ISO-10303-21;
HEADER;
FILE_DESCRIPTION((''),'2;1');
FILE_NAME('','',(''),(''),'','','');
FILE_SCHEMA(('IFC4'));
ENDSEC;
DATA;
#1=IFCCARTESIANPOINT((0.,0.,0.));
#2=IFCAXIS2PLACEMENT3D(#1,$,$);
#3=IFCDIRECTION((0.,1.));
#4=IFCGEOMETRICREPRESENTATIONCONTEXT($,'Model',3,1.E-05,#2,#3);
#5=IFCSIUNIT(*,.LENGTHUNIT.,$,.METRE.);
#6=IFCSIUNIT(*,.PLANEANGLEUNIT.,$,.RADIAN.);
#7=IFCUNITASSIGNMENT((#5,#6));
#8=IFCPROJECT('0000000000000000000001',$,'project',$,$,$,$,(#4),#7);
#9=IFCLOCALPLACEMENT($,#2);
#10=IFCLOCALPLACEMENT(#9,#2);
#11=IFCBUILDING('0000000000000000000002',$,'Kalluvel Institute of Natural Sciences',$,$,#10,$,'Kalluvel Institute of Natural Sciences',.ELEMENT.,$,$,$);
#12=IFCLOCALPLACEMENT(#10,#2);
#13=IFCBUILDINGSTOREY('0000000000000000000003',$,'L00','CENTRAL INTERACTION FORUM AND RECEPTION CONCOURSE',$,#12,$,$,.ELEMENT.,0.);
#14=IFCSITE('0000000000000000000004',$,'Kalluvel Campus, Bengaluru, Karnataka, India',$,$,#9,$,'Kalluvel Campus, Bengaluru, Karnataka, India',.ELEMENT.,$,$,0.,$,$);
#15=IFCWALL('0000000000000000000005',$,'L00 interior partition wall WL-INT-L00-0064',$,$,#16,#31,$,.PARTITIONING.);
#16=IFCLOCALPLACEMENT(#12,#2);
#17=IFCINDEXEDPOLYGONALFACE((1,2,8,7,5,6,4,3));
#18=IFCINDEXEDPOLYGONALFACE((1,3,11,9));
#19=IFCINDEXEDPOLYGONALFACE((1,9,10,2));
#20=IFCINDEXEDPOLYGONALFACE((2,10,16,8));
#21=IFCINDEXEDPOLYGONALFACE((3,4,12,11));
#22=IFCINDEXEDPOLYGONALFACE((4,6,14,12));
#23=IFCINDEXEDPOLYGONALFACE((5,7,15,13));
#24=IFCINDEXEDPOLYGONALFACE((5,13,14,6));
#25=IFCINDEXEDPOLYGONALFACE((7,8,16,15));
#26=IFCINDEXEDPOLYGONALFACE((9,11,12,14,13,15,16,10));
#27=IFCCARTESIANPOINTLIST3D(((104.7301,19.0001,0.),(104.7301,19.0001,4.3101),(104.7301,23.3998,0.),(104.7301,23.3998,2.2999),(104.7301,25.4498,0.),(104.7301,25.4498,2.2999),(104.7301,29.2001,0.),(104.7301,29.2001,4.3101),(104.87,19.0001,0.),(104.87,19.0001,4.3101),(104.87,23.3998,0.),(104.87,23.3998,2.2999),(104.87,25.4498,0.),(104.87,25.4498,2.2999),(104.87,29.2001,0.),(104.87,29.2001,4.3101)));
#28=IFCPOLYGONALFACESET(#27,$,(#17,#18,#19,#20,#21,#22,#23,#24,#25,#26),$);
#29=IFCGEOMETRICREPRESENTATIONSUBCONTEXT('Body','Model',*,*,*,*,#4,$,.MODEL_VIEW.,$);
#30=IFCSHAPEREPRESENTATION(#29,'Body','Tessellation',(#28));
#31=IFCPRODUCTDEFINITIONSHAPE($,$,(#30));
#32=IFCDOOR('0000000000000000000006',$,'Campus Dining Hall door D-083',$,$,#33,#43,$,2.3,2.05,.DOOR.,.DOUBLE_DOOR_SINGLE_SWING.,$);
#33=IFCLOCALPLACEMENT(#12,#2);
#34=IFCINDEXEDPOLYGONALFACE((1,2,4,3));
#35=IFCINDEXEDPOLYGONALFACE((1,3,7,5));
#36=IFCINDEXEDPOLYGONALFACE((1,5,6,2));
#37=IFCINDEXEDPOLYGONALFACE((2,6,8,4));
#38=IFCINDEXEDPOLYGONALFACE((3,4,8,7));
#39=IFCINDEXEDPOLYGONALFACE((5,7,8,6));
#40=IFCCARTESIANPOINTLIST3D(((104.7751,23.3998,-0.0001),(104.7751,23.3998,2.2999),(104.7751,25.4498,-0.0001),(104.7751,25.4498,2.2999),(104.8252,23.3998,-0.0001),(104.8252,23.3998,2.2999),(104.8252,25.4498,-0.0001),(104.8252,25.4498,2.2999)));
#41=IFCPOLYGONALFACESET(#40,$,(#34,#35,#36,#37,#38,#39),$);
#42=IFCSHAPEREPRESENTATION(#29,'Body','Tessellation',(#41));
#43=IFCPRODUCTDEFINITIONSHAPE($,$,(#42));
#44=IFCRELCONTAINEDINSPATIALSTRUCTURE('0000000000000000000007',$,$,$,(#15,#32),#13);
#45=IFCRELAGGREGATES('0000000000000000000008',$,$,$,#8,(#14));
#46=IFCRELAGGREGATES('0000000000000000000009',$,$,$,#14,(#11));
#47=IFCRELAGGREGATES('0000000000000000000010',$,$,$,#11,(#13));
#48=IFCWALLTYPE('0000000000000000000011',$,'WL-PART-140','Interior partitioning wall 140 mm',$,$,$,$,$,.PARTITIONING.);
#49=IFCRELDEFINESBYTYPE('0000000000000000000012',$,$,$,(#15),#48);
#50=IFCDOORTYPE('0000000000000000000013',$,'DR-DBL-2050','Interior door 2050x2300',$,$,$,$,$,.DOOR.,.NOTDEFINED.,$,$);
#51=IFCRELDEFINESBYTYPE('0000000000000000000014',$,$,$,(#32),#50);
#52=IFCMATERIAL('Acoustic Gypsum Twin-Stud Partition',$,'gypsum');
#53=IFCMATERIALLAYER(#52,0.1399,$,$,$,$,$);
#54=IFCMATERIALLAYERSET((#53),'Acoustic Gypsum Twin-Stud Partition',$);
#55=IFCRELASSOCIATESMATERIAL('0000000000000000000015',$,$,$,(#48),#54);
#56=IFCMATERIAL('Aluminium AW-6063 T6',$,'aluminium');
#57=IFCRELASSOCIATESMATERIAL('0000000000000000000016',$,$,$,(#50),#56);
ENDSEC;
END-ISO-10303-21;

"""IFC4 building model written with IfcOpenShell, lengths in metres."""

from ifc_helpers import new_model, si_unit, direction, frame, frame_2d, origin, place, context, subcontext, project, spatial, rectangle, extrude, material, layer, layer_set, type_object, element, fill, save


model = new_model("IFC4")

# Units and contexts
model_context = context("Model", 3, precision=1e-05, world=origin(), true_north=direction((0.0, 1.0)))
body_context = subcontext(model_context, "Body", "Model", "MODEL_VIEW")
ifc_project = project(units=[si_unit("LENGTHUNIT", "METRE"), si_unit("PLANEANGLEUNIT", "RADIAN")], contexts=[model_context])

# Site, building, storey
site_placement = place(None, origin())
site = spatial("IfcSite", under=ifc_project, at=site_placement, Name="Kalluvel Campus, Bengaluru, Karnataka, India", LongName="Kalluvel Campus, Bengaluru, Karnataka, India", CompositionType="ELEMENT", RefElevation=0.0)
building_placement = place(site_placement, origin())
building = spatial("IfcBuilding", under=site, at=building_placement, Name="Kalluvel Institute of Natural Sciences", LongName="Kalluvel Institute of Natural Sciences", CompositionType="ELEMENT")
storey_placement = place(building_placement, origin())
storey = spatial("IfcBuildingStorey", under=building, at=storey_placement, Name="L00", Description="CENTRAL INTERACTION FORUM AND RECEPTION CONCOURSE", CompositionType="ELEMENT", Elevation=0.0)

# Shared definitions
ifc_material_1 = material(Name="Aluminium AW-6063 T6", Category="aluminium")

# Wall, opening, door
ifc_material_2 = material(Name="Acoustic Gypsum Twin-Stud Partition", Category="gypsum")
ifc_layer_1 = layer(ifc_material_2, 0.1399)
ifc_layer_set_1 = layer_set([ifc_layer_1], Name="Acoustic Gypsum Twin-Stud Partition")
wall_type_1 = type_object("IfcWallType", Name="WL-PART-140", Description="Interior partitioning wall 140 mm", PredefinedType="PARTITIONING", material=ifc_layer_set_1)
wall_1_placement = place(storey_placement, frame((104.8, 19.0, 0.0), z_axis=(0.0, 0.0, 1.0), x_axis=(0.0, 1.0, 0.0)))
wall_1 = element("IfcWall", 1, at=wall_1_placement, inside=storey, type_object=wall_type_1, Name="L00 interior partition wall WL-INT-L00-0064", PredefinedType="PARTITIONING", context=body_context, shape_type="SweptSolid", body=[
    extrude(rectangle(XDim=10.2, YDim=0.1399, at=frame_2d((5.1001, 0.0))), origin(), (0.0, 0.0, 1.0), 4.3101),
])
opening_placement = place(wall_1_placement, frame((4.3999, 0.0, 0.0)))
opening = element("IfcOpeningElement", 2, at=opening_placement, cuts=wall_1, PredefinedType="OPENING", context=body_context, shape_type="SweptSolid", body=[
    extrude(rectangle(XDim=2.05, YDim=2.3, at=frame_2d((1.0249, 1.1499))), frame((0.0, 0.0798, 0.0), z_axis=(0.0, -1.0, 0.0), x_axis=(1.0, 0.0, 0.0)), (0.0, 0.0, 1.0), 0.1599),
])
door_type = type_object("IfcDoorType", Name="DR-DBL-2050", Description="Interior door 2050x2300", OperationType="NOTDEFINED", PredefinedType="DOOR", material=ifc_material_1)
door_placement = place(opening_placement, origin())
door = element("IfcDoor", 3, at=door_placement, inside=storey, type_object=door_type, Name="Campus Dining Hall door D-083", OperationType="DOUBLE_DOOR_SINGLE_SWING", OverallHeight=2.3, OverallWidth=2.05, PredefinedType="DOOR", context=body_context, shape_type="SweptSolid", body=[
    extrude(rectangle(XDim=2.05, YDim=2.3, at=frame_2d((1.0249, 1.1499))), frame((0.0, 0.0249, 0.0), z_axis=(0.0, -1.0, 0.0), x_axis=(1.0, 0.0, 0.0)), (0.0, 0.0, 1.0), 0.05),
])
fill(opening, door)

save(model, "model.ifc")
